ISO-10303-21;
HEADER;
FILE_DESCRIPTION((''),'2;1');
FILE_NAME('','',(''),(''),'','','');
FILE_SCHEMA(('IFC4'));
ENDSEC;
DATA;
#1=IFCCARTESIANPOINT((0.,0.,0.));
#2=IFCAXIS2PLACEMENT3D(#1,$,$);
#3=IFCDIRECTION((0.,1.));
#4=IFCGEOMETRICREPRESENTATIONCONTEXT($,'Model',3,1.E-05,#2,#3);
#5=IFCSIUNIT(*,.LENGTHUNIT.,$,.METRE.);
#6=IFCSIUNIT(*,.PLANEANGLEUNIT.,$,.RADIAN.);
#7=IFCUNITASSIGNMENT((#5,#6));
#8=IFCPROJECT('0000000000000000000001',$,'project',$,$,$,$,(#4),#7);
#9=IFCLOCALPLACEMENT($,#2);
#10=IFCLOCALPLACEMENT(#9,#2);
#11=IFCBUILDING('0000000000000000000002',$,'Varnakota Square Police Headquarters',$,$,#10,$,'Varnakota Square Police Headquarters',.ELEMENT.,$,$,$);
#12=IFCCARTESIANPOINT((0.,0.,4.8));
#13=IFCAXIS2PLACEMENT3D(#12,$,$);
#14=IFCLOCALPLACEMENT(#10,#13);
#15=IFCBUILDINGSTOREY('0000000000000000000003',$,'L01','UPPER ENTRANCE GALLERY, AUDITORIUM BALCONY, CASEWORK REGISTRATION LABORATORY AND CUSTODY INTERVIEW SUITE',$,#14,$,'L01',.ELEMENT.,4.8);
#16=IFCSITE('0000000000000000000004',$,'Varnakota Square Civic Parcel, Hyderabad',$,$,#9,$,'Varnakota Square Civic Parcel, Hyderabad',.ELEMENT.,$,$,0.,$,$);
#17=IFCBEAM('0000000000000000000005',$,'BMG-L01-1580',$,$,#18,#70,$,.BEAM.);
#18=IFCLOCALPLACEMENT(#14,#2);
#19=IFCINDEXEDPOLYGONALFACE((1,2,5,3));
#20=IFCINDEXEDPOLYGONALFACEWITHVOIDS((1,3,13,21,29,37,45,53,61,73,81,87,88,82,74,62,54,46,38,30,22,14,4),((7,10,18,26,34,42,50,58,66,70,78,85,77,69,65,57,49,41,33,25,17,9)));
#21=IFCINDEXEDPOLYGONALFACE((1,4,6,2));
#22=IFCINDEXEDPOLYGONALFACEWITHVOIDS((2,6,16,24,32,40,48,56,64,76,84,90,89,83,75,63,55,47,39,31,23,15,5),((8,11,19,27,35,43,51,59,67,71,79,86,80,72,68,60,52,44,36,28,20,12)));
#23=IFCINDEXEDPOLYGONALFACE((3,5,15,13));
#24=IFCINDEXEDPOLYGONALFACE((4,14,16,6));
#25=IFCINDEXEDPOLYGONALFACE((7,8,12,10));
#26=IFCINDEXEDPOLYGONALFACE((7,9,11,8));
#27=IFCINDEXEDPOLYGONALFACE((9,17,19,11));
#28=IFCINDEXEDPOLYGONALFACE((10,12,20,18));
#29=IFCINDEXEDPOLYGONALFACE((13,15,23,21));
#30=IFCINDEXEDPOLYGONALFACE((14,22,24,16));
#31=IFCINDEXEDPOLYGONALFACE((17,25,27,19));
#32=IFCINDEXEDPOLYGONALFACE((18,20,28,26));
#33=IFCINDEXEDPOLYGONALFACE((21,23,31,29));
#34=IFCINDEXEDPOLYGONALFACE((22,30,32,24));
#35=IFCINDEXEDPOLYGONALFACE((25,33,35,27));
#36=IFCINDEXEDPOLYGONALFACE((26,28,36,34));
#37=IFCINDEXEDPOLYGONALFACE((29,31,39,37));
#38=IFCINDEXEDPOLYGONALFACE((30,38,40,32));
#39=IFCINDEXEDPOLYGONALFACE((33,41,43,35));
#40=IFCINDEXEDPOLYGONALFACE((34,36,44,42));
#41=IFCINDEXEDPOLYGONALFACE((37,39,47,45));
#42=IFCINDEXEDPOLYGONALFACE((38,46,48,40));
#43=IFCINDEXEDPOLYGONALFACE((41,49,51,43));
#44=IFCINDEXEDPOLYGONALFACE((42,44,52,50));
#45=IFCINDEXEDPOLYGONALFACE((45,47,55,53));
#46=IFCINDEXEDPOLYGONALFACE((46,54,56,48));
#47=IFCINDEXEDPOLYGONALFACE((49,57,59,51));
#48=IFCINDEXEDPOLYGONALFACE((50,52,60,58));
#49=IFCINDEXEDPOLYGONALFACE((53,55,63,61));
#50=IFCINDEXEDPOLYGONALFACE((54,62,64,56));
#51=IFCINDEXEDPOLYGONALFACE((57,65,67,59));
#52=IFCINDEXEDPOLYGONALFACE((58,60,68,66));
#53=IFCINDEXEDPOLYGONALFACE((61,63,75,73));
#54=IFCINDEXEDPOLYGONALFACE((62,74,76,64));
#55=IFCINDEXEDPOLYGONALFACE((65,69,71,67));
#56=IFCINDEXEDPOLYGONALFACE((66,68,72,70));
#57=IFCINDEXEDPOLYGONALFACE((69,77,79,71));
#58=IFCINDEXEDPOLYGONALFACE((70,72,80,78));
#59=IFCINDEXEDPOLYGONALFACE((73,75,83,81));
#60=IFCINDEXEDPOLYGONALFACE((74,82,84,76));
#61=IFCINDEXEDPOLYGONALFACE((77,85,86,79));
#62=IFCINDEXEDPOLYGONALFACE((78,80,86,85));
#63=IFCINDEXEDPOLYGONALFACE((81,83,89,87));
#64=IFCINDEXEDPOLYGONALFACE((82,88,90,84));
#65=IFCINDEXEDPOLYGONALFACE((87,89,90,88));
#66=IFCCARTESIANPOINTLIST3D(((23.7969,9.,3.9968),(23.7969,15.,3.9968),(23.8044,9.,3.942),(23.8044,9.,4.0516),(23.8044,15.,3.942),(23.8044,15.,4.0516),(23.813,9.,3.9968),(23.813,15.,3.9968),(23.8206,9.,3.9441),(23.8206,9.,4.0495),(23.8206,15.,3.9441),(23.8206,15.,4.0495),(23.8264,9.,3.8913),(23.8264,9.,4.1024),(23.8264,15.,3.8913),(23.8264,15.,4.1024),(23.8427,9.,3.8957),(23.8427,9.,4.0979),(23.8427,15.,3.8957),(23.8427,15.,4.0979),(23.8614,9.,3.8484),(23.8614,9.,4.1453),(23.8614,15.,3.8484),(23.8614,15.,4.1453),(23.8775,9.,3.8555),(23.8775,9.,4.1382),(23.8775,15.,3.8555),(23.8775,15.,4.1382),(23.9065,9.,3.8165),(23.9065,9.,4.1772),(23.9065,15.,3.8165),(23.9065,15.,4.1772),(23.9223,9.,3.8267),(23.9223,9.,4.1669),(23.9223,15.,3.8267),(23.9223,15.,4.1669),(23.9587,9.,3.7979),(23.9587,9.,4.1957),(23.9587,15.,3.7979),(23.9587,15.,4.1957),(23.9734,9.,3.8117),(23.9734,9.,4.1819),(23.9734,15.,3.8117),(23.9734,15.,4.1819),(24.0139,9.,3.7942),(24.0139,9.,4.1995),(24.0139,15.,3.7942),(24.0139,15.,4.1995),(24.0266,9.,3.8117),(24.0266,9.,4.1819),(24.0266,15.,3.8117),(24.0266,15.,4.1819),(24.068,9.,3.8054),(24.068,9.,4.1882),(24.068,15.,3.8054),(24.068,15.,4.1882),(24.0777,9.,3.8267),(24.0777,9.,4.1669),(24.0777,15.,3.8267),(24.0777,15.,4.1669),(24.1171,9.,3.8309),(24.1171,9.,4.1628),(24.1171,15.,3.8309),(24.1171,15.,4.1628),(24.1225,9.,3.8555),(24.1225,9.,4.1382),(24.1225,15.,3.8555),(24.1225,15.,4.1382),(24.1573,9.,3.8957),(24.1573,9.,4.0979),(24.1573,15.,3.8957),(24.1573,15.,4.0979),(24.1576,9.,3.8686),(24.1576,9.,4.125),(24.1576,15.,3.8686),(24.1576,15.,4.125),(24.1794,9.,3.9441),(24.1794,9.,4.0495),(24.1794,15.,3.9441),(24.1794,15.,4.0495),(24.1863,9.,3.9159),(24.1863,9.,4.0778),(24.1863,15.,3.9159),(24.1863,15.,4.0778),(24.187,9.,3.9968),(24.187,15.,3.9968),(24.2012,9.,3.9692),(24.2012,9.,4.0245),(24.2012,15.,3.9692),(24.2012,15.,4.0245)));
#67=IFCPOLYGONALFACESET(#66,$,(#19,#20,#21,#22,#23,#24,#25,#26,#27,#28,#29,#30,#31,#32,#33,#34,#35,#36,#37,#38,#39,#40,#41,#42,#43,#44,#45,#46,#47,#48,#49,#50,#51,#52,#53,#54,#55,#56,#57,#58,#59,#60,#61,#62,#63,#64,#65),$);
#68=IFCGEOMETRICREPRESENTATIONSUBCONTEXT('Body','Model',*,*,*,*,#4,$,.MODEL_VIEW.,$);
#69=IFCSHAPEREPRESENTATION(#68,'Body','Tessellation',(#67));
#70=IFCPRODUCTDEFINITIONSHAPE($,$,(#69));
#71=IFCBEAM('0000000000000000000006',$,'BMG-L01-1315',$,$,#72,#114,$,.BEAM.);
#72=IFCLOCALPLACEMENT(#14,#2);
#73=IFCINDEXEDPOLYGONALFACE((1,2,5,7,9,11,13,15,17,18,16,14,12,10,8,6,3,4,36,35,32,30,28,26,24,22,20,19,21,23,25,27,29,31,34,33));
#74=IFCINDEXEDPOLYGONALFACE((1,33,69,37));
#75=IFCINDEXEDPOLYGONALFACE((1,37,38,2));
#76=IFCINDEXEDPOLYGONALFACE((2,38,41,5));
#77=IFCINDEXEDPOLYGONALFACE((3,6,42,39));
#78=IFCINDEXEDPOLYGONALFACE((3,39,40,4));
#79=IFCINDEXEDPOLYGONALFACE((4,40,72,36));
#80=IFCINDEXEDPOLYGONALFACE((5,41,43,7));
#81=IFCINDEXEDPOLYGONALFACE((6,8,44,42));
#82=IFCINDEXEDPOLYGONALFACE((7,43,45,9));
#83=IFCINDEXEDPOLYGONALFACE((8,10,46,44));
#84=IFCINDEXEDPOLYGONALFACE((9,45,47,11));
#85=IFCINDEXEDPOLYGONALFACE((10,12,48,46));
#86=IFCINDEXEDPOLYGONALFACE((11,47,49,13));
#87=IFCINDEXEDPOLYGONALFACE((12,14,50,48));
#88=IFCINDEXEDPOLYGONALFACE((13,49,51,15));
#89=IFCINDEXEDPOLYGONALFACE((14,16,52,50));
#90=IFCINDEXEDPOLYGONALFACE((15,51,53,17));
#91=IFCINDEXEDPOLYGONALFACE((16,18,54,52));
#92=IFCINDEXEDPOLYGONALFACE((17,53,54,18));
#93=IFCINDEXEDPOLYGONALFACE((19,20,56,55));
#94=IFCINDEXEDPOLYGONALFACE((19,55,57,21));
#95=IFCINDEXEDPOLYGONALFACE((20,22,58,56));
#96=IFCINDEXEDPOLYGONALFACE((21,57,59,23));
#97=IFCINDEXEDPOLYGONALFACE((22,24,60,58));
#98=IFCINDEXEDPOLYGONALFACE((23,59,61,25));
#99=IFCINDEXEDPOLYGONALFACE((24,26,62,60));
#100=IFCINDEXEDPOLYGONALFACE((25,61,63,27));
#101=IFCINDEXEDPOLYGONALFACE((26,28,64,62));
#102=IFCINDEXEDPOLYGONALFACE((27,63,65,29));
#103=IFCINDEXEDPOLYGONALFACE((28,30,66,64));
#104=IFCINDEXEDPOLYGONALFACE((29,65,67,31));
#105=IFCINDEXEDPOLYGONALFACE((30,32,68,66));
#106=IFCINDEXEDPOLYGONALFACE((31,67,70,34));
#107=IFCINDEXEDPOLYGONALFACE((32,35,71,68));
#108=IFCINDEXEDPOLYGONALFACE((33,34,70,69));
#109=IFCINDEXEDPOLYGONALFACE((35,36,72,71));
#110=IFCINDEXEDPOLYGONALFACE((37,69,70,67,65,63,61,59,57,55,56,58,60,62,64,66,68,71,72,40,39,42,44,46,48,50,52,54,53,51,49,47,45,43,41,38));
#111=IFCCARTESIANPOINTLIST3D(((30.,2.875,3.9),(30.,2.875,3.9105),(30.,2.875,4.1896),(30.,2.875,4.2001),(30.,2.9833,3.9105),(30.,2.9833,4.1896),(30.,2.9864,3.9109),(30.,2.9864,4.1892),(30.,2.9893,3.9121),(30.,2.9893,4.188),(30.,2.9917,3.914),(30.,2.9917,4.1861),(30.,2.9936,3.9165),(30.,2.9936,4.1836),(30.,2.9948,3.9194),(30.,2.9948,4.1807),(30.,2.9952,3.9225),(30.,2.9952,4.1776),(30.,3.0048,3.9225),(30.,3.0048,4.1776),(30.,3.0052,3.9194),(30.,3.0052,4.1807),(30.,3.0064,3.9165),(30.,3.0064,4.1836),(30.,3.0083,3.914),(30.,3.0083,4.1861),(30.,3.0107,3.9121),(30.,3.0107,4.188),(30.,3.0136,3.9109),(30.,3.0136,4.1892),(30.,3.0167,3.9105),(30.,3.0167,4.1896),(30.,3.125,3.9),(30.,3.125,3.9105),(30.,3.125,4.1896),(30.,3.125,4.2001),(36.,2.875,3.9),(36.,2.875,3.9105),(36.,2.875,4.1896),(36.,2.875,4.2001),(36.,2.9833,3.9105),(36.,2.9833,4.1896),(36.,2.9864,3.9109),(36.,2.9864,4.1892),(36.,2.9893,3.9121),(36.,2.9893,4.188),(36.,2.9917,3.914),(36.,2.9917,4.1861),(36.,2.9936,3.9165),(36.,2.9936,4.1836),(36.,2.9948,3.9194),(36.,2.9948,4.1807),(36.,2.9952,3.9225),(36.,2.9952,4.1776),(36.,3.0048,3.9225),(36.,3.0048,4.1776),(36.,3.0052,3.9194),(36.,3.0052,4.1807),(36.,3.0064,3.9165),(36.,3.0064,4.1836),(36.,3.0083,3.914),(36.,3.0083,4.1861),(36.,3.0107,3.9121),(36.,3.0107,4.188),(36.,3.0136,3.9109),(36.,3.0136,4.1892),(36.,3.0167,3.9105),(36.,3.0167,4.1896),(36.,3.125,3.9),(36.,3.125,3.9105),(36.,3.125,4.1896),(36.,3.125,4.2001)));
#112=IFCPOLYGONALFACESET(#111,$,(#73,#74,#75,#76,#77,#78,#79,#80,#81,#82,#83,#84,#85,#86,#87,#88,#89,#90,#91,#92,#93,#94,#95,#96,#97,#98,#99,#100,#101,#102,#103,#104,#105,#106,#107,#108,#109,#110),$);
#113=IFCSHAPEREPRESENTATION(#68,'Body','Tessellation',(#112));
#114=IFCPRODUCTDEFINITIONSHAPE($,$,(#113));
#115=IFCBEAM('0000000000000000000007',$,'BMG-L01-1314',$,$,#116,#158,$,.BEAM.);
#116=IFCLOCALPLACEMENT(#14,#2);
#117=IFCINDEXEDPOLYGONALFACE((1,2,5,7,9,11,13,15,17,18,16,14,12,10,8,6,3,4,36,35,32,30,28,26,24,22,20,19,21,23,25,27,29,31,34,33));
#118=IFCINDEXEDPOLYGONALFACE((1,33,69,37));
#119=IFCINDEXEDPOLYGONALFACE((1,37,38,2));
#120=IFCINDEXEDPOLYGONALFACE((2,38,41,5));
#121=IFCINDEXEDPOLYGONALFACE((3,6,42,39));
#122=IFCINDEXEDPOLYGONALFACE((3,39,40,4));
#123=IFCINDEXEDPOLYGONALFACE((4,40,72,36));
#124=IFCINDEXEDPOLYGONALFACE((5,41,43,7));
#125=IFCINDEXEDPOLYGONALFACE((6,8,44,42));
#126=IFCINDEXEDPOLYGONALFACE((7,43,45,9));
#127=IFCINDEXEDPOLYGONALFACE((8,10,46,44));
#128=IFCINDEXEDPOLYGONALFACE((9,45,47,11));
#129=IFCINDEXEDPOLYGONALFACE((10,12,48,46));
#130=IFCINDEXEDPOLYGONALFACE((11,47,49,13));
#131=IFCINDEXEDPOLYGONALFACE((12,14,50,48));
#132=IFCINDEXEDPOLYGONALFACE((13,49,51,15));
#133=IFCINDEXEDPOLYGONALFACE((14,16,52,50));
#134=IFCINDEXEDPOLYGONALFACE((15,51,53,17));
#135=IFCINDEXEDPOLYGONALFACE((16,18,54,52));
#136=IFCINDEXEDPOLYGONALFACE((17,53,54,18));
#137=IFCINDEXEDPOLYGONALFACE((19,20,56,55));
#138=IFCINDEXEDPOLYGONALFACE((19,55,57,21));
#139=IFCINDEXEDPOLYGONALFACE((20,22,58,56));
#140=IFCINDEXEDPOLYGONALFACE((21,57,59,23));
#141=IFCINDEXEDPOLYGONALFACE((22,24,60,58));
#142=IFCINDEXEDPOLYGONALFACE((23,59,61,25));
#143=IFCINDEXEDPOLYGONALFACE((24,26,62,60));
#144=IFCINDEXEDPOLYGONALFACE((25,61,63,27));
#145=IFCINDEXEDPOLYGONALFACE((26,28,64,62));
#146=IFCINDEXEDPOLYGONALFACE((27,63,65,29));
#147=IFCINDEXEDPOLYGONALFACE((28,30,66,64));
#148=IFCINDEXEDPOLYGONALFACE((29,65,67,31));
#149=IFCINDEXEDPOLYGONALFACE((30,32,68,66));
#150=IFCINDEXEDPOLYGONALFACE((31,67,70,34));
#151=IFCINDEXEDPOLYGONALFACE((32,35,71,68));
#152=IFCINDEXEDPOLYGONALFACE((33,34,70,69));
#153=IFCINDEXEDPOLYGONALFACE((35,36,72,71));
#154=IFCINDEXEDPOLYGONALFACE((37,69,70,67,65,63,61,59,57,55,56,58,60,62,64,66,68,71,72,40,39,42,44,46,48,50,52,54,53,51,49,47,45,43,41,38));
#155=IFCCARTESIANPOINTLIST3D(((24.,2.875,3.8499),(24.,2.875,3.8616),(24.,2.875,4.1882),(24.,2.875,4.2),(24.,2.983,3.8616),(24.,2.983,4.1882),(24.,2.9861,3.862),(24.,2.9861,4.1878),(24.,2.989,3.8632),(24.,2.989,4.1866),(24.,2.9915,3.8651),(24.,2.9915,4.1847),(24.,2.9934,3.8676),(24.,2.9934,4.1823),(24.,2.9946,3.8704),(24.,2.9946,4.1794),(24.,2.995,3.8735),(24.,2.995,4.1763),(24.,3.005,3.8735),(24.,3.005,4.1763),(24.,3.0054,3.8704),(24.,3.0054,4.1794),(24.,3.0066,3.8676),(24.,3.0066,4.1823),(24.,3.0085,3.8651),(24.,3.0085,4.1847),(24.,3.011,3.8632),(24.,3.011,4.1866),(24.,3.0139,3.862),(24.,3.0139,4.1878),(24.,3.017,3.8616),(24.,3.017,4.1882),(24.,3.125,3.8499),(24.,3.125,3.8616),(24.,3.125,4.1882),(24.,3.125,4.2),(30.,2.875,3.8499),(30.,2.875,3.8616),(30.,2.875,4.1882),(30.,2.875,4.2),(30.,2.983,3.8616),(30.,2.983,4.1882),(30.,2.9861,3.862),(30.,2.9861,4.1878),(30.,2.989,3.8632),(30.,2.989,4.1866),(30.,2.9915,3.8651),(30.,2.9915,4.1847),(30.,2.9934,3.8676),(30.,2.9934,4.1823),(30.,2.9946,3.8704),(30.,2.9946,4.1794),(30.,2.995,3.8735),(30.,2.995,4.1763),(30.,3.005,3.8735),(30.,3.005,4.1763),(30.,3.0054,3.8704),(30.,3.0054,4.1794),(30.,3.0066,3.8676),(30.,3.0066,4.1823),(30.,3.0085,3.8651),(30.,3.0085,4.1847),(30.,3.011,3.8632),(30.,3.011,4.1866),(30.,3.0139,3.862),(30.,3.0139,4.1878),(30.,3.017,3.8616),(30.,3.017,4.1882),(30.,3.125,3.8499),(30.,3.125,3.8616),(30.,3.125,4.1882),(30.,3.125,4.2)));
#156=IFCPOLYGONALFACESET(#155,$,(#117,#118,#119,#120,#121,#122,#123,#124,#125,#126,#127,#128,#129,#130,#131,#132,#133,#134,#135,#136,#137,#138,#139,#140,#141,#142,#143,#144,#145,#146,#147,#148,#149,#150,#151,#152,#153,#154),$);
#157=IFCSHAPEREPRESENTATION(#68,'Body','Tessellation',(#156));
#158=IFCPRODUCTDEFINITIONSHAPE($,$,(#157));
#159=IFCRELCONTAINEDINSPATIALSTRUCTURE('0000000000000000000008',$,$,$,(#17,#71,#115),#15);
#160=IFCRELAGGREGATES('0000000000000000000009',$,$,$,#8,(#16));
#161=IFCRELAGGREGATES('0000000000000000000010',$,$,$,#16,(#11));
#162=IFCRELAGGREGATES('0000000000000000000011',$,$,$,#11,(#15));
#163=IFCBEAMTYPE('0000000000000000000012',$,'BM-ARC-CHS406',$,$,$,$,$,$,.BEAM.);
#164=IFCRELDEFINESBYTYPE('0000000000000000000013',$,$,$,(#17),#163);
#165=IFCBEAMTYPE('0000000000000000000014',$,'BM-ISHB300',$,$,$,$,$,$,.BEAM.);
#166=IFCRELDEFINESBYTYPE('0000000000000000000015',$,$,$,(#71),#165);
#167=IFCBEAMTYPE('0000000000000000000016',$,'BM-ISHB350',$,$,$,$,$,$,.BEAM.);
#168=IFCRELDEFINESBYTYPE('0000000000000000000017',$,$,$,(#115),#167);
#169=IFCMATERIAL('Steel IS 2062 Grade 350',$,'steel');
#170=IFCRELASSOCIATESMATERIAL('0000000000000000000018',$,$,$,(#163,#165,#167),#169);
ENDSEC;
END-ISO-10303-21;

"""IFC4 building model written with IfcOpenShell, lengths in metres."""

from ifc_helpers import new_model, si_unit, direction, frame, origin, origin_2d, place, context, subcontext, project, spatial, hollow_circle, i_section, extrude, material, material_profile, profile_set, type_object, element, save


model = new_model("IFC4")

# Units and contexts
model_context = context("Model", 3, precision=1e-05, world=origin(), true_north=direction((0.0, 1.0)))
body_context = subcontext(model_context, "Body", "Model", "MODEL_VIEW")
ifc_project = project(units=[si_unit("LENGTHUNIT", "METRE"), si_unit("PLANEANGLEUNIT", "RADIAN")], contexts=[model_context])

# Site, building, storey
site_placement = place(None, origin())
site = spatial("IfcSite", under=ifc_project, at=site_placement, Name="Varnakota Square Civic Parcel, Hyderabad", LongName="Varnakota Square Civic Parcel, Hyderabad", CompositionType="ELEMENT", RefElevation=0.0)
building_placement = place(site_placement, origin())
building = spatial("IfcBuilding", under=site, at=building_placement, Name="Varnakota Square Police Headquarters", LongName="Varnakota Square Police Headquarters", CompositionType="ELEMENT")
storey_placement = place(building_placement, frame((0.0, 0.0, 4.8)))
storey = spatial("IfcBuildingStorey", under=building, at=storey_placement, Name="L01", Description="UPPER ENTRANCE GALLERY, AUDITORIUM BALCONY, CASEWORK REGISTRATION LABORATORY AND CUSTODY INTERVIEW SUITE", LongName="L01", CompositionType="ELEMENT", Elevation=4.8)

# Shared definitions
ifc_material_1 = material(Name="Steel IS 2062 Grade 350", Category="steel")

# Beams
ifc_material_profile_1 = material_profile(ifc_material_1, hollow_circle(Radius=0.2031, WallThickness=0.0161, at=origin_2d()), Name="CHS 406.4x16.0")
ifc_profile_set_1 = profile_set([ifc_material_profile_1], Name="Steel IS 2062 Grade 350")
beam_type_1 = type_object("IfcBeamType", Name="BM-ARC-CHS406", PredefinedType="BEAM", material=ifc_profile_set_1)
beam_1_placement = place(storey_placement, frame((24.0, 9.0, 3.9968), z_axis=(0.0, 1.0, 0.0), x_axis=(-1.0, 0.0, 0.0)))
element("IfcBeam", 1, at=beam_1_placement, inside=storey, type_object=beam_type_1, Name="BMG-L01-1580", PredefinedType="BEAM", context=body_context, shape_type="SweptSolid", body=[
    extrude(hollow_circle(Radius=0.2031, WallThickness=0.0161, at=origin_2d()), origin(), (0.0, 0.0, 1.0), 6.0),
])
ifc_material_profile_2 = material_profile(ifc_material_1, i_section(OverallWidth=0.25, OverallDepth=0.3, WebThickness=0.0095, FlangeThickness=0.0105, FilletRadius=0.012, at=origin_2d()), Name="ISHB 300")
ifc_profile_set_2 = profile_set([ifc_material_profile_2], Name="Steel IS 2062 Grade 350")
beam_type_2 = type_object("IfcBeamType", Name="BM-ISHB300", PredefinedType="BEAM", material=ifc_profile_set_2)
beam_2_placement = place(storey_placement, frame((30.0, 3.0, 4.05), z_axis=(1.0, 0.0, 0.0), x_axis=(0.0, 1.0, 0.0)))
element("IfcBeam", 2, at=beam_2_placement, inside=storey, type_object=beam_type_2, Name="BMG-L01-1315", PredefinedType="BEAM", context=body_context, shape_type="SweptSolid", body=[
    extrude(i_section(OverallWidth=0.25, OverallDepth=0.3, WebThickness=0.0095, FlangeThickness=0.0105, FilletRadius=0.012, at=origin_2d()), origin(), (0.0, 0.0, 1.0), 6.0),
])
ifc_material_profile_3 = material_profile(ifc_material_1, i_section(OverallWidth=0.25, OverallDepth=0.3501, WebThickness=0.01, FlangeThickness=0.0117, FilletRadius=0.012, at=origin_2d()), Name="ISHB 350")
ifc_profile_set_3 = profile_set([ifc_material_profile_3], Name="Steel IS 2062 Grade 350")
beam_type_3 = type_object("IfcBeamType", Name="BM-ISHB350", PredefinedType="BEAM", material=ifc_profile_set_3)
beam_3_placement = place(storey_placement, frame((24.0, 3.0, 4.0249), z_axis=(1.0, 0.0, 0.0), x_axis=(0.0, 1.0, 0.0)))
element("IfcBeam", 3, at=beam_3_placement, inside=storey, type_object=beam_type_3, Name="BMG-L01-1314", PredefinedType="BEAM", context=body_context, shape_type="SweptSolid", body=[
    extrude(i_section(OverallWidth=0.25, OverallDepth=0.3501, WebThickness=0.01, FlangeThickness=0.0117, FilletRadius=0.012, at=origin_2d()), origin(), (0.0, 0.0, 1.0), 6.0),
])

save(model, "model.ifc")
